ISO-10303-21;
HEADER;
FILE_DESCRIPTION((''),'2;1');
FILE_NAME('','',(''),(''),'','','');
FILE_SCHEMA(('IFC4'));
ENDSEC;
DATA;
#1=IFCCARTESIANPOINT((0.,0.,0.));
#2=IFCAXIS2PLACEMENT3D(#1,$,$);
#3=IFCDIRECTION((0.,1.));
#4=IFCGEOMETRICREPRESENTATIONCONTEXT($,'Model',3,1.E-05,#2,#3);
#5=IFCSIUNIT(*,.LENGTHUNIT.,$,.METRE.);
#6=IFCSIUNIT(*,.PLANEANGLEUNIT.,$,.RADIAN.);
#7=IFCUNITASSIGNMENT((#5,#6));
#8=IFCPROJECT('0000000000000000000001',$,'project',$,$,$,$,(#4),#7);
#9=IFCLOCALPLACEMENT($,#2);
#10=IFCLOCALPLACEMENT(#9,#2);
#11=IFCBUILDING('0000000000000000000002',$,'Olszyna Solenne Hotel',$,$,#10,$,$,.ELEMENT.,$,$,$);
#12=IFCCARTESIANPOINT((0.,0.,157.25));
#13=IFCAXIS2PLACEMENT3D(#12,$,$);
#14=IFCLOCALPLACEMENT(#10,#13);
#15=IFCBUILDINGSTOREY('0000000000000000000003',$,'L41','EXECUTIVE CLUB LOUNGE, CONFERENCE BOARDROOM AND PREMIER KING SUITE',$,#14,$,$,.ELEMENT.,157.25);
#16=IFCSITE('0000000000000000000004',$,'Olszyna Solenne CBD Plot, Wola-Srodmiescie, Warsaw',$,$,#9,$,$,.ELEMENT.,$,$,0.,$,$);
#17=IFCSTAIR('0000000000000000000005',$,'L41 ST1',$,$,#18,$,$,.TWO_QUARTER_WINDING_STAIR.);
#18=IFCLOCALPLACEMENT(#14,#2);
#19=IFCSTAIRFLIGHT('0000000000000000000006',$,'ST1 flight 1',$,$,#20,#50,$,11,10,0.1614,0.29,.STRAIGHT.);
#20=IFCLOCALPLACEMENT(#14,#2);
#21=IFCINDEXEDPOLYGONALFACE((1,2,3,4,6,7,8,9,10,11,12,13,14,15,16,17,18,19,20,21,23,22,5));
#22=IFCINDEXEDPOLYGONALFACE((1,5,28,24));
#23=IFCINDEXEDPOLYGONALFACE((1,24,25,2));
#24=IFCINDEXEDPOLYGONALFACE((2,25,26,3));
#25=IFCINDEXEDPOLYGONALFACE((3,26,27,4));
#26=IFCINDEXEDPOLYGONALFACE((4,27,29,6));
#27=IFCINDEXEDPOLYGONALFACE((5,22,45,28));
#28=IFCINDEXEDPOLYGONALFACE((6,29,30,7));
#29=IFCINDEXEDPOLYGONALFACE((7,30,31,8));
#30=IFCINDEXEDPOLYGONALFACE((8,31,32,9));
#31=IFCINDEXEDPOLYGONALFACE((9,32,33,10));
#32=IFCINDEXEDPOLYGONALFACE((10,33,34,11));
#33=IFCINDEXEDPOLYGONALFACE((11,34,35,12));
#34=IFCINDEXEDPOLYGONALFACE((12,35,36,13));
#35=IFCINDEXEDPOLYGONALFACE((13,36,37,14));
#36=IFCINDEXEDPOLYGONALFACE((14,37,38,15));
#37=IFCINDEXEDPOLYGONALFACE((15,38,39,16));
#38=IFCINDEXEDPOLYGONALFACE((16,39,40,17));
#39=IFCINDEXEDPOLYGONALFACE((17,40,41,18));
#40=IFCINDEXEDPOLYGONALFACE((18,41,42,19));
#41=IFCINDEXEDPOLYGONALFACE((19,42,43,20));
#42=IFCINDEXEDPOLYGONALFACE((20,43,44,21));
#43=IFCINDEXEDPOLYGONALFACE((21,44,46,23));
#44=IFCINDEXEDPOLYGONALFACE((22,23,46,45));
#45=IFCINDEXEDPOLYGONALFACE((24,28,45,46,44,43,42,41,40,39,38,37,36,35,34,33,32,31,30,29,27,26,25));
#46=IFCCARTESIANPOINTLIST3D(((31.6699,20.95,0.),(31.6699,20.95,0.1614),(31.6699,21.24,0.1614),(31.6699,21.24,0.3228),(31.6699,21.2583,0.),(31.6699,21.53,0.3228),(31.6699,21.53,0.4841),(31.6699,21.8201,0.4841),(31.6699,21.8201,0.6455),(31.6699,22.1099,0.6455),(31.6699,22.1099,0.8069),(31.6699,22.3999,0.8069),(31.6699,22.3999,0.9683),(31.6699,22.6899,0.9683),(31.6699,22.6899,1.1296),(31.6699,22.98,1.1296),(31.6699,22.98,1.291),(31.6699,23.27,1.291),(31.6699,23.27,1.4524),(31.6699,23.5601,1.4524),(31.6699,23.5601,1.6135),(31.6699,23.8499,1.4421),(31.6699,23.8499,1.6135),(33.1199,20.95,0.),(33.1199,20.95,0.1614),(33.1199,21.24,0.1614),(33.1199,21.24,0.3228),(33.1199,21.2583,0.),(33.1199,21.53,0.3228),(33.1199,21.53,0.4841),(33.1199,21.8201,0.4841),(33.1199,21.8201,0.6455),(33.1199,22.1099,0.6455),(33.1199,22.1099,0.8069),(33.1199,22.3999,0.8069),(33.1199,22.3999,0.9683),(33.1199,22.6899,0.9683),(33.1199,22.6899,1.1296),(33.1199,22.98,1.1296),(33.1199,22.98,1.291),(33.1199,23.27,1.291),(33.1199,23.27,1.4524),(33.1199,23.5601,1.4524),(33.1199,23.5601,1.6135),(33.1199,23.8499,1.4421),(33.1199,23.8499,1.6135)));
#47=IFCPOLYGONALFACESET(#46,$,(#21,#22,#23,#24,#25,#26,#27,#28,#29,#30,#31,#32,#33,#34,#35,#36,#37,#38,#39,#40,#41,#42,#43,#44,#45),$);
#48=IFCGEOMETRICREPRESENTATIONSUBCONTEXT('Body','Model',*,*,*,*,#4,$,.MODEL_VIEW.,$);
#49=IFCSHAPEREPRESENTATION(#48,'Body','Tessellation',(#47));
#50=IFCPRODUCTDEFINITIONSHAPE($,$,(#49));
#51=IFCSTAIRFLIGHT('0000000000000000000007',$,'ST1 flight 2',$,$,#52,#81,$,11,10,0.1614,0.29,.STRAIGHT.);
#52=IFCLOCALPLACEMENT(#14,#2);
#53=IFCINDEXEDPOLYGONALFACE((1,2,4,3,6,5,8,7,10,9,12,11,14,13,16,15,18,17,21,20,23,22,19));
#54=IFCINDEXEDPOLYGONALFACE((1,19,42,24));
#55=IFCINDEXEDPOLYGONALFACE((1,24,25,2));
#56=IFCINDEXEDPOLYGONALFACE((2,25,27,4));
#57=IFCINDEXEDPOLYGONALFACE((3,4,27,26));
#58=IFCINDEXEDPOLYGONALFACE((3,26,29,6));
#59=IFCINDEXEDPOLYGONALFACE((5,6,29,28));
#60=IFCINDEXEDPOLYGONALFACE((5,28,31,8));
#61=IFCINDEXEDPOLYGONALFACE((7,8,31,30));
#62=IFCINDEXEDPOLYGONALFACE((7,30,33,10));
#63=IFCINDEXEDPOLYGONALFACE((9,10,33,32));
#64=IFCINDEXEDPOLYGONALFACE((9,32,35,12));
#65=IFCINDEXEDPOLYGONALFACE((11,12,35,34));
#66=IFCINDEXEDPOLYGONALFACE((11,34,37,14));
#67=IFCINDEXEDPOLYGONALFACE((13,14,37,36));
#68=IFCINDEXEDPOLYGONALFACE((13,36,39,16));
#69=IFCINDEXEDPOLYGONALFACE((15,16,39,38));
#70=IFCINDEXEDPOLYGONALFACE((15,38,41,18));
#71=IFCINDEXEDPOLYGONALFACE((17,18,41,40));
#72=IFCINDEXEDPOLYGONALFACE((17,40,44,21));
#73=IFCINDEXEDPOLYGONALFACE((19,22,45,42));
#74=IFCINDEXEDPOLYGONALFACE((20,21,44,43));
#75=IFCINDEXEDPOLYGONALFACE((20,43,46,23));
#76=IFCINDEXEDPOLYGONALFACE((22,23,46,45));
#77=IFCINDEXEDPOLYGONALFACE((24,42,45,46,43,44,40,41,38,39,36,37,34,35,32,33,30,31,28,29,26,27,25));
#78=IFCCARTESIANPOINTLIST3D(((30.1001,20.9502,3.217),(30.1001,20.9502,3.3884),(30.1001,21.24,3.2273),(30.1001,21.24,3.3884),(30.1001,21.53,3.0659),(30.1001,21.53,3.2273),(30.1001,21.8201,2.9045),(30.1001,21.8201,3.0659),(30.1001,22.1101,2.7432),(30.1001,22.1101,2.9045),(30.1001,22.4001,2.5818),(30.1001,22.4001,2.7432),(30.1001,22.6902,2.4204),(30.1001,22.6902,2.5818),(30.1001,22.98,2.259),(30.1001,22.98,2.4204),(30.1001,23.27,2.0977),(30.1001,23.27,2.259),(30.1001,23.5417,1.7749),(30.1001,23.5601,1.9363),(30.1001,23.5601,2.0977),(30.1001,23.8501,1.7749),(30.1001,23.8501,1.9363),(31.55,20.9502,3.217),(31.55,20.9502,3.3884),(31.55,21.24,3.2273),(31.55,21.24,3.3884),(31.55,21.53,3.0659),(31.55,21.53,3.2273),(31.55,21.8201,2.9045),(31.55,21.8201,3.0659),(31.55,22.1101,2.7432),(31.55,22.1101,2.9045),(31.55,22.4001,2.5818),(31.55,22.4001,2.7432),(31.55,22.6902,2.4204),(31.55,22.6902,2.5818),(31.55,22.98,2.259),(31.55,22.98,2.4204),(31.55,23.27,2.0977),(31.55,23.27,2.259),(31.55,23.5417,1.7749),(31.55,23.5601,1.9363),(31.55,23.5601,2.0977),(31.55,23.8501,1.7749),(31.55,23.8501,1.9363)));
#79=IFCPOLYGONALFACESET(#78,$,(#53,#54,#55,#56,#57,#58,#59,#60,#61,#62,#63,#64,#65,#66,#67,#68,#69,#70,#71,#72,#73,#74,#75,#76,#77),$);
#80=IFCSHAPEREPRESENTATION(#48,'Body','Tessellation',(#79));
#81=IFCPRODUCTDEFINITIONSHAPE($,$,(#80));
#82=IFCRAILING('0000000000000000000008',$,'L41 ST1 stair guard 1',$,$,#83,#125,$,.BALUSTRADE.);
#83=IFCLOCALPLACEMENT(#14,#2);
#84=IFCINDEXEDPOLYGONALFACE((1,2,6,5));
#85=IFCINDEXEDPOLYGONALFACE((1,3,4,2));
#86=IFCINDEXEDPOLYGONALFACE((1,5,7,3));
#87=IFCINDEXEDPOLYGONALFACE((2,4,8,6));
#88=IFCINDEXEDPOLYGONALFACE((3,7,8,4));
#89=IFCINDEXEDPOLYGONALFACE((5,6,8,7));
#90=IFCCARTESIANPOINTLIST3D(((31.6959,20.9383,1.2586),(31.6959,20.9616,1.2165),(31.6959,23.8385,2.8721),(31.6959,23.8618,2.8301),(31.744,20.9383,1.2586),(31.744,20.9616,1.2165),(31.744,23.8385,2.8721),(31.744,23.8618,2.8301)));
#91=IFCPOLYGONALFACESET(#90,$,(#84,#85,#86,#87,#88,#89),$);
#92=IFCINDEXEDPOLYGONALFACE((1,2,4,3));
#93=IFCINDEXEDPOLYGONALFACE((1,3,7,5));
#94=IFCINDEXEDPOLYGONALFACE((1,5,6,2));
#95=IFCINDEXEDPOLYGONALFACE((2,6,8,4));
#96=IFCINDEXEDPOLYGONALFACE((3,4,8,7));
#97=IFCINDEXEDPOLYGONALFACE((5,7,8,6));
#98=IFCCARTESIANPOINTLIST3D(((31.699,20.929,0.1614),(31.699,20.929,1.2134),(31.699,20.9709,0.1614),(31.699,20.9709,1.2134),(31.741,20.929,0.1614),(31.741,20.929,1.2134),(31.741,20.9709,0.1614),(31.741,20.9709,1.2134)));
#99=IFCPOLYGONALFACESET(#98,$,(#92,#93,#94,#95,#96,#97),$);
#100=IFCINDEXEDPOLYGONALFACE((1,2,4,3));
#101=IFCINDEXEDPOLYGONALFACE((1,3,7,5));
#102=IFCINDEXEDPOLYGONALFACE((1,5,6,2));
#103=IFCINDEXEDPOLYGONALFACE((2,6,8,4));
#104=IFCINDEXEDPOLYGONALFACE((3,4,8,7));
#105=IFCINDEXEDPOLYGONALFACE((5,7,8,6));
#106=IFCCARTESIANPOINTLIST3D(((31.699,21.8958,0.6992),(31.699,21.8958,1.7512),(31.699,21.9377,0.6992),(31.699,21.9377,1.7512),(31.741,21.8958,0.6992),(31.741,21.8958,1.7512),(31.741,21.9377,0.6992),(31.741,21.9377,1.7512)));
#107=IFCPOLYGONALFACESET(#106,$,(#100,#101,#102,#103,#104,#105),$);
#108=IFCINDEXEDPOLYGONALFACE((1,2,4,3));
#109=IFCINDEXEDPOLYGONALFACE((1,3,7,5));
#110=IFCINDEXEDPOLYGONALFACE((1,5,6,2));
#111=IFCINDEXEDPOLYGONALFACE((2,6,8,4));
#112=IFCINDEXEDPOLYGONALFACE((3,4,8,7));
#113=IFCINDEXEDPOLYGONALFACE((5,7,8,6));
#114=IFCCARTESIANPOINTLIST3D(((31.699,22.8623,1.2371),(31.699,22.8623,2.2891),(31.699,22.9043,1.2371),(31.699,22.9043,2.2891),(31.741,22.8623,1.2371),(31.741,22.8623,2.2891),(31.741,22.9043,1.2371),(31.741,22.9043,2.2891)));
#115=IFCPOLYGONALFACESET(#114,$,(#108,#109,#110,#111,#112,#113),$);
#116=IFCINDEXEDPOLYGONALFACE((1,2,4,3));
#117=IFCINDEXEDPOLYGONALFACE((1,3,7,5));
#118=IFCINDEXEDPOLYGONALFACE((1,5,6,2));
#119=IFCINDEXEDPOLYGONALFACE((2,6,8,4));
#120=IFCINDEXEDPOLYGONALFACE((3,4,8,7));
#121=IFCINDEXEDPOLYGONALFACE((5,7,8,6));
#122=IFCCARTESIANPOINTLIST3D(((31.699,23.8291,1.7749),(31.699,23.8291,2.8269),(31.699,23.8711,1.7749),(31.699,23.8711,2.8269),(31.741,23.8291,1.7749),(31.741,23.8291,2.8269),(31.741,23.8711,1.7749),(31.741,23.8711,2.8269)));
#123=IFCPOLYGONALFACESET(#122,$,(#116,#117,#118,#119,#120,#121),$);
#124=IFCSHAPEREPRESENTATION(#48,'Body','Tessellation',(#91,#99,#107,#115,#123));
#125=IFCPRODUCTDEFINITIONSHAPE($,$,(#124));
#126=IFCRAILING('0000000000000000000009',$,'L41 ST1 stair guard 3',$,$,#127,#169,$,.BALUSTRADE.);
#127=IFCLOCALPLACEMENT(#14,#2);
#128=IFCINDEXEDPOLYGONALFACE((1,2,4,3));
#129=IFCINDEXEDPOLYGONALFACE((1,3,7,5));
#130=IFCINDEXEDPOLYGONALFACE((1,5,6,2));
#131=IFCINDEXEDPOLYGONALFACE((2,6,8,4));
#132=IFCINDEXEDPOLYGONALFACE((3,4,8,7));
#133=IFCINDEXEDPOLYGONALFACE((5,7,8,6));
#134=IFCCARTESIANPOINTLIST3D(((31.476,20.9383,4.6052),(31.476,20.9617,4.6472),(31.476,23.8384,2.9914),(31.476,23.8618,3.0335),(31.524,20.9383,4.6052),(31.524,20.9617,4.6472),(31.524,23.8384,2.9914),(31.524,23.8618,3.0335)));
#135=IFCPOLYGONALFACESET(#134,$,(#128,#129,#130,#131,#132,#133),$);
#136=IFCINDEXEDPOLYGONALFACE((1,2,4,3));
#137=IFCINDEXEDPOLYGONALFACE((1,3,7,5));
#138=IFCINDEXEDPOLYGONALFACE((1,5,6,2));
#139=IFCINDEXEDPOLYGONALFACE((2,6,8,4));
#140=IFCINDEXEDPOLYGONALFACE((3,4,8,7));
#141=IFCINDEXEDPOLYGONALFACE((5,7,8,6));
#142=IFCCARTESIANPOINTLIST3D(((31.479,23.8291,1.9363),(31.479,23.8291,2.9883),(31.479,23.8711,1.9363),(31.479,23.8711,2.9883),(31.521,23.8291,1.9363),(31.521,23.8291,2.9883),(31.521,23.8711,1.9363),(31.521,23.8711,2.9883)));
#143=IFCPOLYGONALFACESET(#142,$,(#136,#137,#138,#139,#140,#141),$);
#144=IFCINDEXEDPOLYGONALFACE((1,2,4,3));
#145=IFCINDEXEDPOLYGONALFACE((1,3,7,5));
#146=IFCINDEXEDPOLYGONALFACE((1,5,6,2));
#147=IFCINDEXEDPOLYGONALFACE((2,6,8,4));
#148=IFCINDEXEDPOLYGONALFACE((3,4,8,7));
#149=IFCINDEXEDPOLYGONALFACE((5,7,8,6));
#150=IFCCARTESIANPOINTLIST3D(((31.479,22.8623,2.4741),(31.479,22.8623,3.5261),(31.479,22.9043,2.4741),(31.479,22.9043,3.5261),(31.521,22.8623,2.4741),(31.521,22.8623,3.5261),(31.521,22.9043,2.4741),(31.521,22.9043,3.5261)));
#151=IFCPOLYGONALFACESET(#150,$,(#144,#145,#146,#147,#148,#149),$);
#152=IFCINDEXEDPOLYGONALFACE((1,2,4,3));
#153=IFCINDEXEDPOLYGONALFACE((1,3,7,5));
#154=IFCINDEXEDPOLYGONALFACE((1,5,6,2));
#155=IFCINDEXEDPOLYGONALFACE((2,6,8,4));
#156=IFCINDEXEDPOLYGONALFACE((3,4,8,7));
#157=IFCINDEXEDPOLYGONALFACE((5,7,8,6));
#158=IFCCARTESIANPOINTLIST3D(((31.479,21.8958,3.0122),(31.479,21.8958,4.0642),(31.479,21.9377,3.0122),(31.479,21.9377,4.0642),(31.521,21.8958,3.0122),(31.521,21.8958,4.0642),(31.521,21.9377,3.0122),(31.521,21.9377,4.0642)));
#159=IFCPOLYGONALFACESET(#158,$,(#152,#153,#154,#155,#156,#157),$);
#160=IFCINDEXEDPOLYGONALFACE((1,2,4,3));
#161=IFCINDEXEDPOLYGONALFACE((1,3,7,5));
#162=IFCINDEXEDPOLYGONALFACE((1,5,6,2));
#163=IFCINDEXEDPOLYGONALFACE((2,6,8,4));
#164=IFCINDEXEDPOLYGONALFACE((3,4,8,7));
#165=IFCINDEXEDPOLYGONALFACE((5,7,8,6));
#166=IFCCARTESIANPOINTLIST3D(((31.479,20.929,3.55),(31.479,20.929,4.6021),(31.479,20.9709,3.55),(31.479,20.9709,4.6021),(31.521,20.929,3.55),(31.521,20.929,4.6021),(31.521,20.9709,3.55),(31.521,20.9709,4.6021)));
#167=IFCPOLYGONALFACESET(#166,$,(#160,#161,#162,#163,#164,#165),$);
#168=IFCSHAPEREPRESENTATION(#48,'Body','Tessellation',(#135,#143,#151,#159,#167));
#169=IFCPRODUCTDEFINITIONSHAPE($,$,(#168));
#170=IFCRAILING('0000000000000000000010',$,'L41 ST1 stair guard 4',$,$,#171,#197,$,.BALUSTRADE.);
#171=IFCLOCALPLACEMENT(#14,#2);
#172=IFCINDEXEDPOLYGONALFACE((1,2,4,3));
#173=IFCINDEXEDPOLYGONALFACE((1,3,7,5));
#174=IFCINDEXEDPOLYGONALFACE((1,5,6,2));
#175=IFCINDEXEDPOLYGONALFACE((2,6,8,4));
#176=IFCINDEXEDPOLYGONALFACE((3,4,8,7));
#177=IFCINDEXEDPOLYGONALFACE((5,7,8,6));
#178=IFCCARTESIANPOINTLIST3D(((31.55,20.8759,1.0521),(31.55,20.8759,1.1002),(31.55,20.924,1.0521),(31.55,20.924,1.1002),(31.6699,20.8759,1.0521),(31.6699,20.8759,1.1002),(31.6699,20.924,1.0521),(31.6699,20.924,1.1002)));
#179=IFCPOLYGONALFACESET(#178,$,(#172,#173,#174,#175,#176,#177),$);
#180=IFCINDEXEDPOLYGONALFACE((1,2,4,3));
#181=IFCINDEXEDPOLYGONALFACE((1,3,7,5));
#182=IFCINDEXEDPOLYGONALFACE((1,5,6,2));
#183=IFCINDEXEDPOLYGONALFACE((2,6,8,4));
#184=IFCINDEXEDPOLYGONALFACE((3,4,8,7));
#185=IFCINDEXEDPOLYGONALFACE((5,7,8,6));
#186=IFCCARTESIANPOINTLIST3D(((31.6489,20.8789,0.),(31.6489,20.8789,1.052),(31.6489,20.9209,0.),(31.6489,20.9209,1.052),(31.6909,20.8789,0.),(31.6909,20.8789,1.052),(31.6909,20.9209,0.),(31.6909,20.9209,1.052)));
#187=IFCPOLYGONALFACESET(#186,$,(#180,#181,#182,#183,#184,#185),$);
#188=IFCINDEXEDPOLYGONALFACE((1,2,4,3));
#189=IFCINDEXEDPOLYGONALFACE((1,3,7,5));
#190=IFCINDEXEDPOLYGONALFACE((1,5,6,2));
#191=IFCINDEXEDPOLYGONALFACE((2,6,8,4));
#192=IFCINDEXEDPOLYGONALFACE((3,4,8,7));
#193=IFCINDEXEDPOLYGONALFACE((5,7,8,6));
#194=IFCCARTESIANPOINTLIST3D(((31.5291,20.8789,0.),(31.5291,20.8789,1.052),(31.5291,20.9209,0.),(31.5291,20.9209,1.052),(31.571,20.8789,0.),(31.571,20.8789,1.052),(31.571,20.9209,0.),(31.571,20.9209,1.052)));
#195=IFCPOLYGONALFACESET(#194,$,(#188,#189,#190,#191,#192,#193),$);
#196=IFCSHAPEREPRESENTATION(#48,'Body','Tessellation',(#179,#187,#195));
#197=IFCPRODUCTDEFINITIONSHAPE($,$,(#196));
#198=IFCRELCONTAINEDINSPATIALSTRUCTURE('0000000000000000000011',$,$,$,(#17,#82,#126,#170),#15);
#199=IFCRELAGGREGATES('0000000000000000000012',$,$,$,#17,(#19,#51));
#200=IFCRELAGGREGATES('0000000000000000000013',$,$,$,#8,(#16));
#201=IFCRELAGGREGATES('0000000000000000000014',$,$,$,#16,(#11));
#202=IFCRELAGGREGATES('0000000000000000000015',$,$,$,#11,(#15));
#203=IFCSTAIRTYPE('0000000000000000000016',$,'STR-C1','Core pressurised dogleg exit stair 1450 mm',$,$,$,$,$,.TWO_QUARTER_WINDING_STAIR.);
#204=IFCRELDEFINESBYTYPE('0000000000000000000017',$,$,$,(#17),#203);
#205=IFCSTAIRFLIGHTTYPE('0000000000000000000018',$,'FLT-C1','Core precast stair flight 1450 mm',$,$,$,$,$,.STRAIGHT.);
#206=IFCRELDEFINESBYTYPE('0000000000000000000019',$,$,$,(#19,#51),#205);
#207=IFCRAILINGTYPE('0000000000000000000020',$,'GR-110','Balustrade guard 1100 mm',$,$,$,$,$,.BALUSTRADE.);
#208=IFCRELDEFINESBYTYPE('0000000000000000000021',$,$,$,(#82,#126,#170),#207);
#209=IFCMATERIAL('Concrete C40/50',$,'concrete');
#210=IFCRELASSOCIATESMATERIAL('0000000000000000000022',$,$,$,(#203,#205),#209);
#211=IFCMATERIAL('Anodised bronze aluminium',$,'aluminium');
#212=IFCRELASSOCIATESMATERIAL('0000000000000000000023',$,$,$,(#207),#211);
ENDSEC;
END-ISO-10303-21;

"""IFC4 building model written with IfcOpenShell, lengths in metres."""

from ifc_helpers import new_model, si_unit, direction, frame, origin, origin_2d, place, context, subcontext, project, spatial, polyline, rectangle, outline, extrude, material, type_object, element, aggregate, save


model = new_model("IFC4")

# Units and contexts
model_context = context("Model", 3, precision=1e-05, world=origin(), true_north=direction((0.0, 1.0)))
body_context = subcontext(model_context, "Body", "Model", "MODEL_VIEW")
ifc_project = project(units=[si_unit("LENGTHUNIT", "METRE"), si_unit("PLANEANGLEUNIT", "RADIAN")], contexts=[model_context])

# Site, building, storey
site_placement = place(None, origin())
site = spatial("IfcSite", under=ifc_project, at=site_placement, Name="Olszyna Solenne CBD Plot, Wola-Srodmiescie, Warsaw", CompositionType="ELEMENT", RefElevation=0.0)
building_placement = place(site_placement, origin())
building = spatial("IfcBuilding", under=site, at=building_placement, Name="Olszyna Solenne Hotel", CompositionType="ELEMENT")
storey_placement = place(building_placement, frame((0.0, 0.0, 157.25)))
storey = spatial("IfcBuildingStorey", under=building, at=storey_placement, Name="L41", Description="EXECUTIVE CLUB LOUNGE, CONFERENCE BOARDROOM AND PREMIER KING SUITE", CompositionType="ELEMENT", Elevation=157.25)

# Shared definitions
ifc_material_1 = material(Name="Anodised bronze aluminium", Category="aluminium")

# Stair, stair flights
ifc_material_2 = material(Name="Concrete C40/50", Category="concrete")
stair_type = type_object("IfcStairType", Name="STR-C1", Description="Core pressurised dogleg exit stair 1450 mm", PredefinedType="TWO_QUARTER_WINDING_STAIR", material=ifc_material_2)
stair_placement = place(storey_placement, origin())
stair = element("IfcStair", 1, at=stair_placement, inside=storey, type_object=stair_type, Name="L41 ST1", PredefinedType="TWO_QUARTER_WINDING_STAIR")
stair_flight_type = type_object("IfcStairFlightType", Name="FLT-C1", Description="Core precast stair flight 1450 mm", PredefinedType="STRAIGHT", material=ifc_material_2)
stair_flight_1_placement = place(storey_placement, frame((32.395, 20.95, 0.0), z_axis=(0.0, 0.0, 1.0), x_axis=(0.0, 1.0, 0.0)))
stair_flight_1 = element("IfcStairFlight", 2, at=stair_flight_1_placement, type_object=stair_flight_type, Name="ST1 flight 1", NumberOfRisers=11, NumberOfTreads=10, PredefinedType="STRAIGHT", RiserHeight=0.1614, TreadLength=0.29, context=body_context, shape_type="SweptSolid", body=[
    extrude(outline(polyline([(0.0, 0.0), (0.0, 0.1614), (0.29, 0.1614), (0.29, 0.3228), (0.5801, 0.3228), (0.5801, 0.4841), (0.8701, 0.4841), (0.8701, 0.6455), (1.1599, 0.6455), (1.1599, 0.8069), (1.45, 0.8069), (1.45, 0.9683), (1.74, 0.9683), (1.74, 1.1296), (2.03, 1.1296), (2.03, 1.291), (2.3201, 1.291), (2.3201, 1.4524), (2.6101, 1.4524), (2.6101, 1.6135), (2.8999, 1.6135), (2.8999, 1.7749), (2.8999, 1.4421), (0.3083, 0.0), (0.0, 0.0)])), frame((0.0, 0.7251, 0.0), z_axis=(0.0, -1.0, 0.0), x_axis=(1.0, 0.0, 0.0)), (0.0, 0.0, 1.0), 1.45),
])
stair_flight_2_placement = place(storey_placement, frame((30.825, 23.8501, 1.7749), z_axis=(0.0, 0.0, 1.0), x_axis=(0.0, -1.0, 0.0)))
stair_flight_2 = element("IfcStairFlight", 3, at=stair_flight_2_placement, type_object=stair_flight_type, Name="ST1 flight 2", NumberOfRisers=11, NumberOfTreads=10, PredefinedType="STRAIGHT", RiserHeight=0.1614, TreadLength=0.29, context=body_context, shape_type="SweptSolid", body=[
    extrude(outline(polyline([(0.0, 0.0), (0.0, 0.1614), (0.29, 0.1614), (0.29, 0.3228), (0.5801, 0.3228), (0.5801, 0.4841), (0.8701, 0.4841), (0.8701, 0.6455), (1.1599, 0.6455), (1.1599, 0.8069), (1.45, 0.8069), (1.45, 0.9683), (1.74, 0.9683), (1.74, 1.1296), (2.03, 1.1296), (2.03, 1.291), (2.3201, 1.291), (2.3201, 1.4524), (2.6101, 1.4524), (2.6101, 1.6135), (2.8999, 1.6135), (2.8999, 1.7749), (2.8999, 1.4421), (0.3083, 0.0), (0.0, 0.0)])), frame((0.0, 0.7251, 0.0), z_axis=(0.0, -1.0, 0.0), x_axis=(1.0, 0.0, 0.0)), (0.0, 0.0, 1.0), 1.45),
])
aggregate(stair, [stair_flight_1, stair_flight_2])

# Railings
railing_type_1 = type_object("IfcRailingType", Name="GR-110", Description="Balustrade guard 1100 mm", PredefinedType="BALUSTRADE", material=ifc_material_1)
railing_1_placement = place(storey_placement, frame((31.72, 20.95, 0.1614)))
element("IfcRailing", 4, at=railing_1_placement, inside=storey, type_object=railing_type_1, Name="L41 ST1 stair guard 1", PredefinedType="BALUSTRADE", context=body_context, shape_type="SweptSolid", body=[
    extrude(rectangle(XDim=0.0481, YDim=0.0481, at=origin_2d()), frame((0.0, 0.0, 1.0762), z_axis=(0.0, 0.873859, 0.48618), x_axis=(-1.0, 0.0, 0.0)), (0.0, 0.0, 1.0), 3.3188),
    extrude(rectangle(XDim=0.042, YDim=0.042, at=origin_2d()), origin(), (0.0, 0.0, 1.0), 1.052),
    extrude(rectangle(XDim=0.042, YDim=0.042, at=origin_2d()), frame((0.0, 0.9668, 0.5378)), (0.0, 0.0, 1.0), 1.052),
    extrude(rectangle(XDim=0.042, YDim=0.042, at=origin_2d()), frame((0.0, 1.9333, 1.0757)), (0.0, 0.0, 1.0), 1.052),
    extrude(rectangle(XDim=0.042, YDim=0.042, at=origin_2d()), frame((0.0, 2.9001, 1.6135)), (0.0, 0.0, 1.0), 1.052),
])
railing_2_placement = place(storey_placement, frame((31.5, 23.8501, 1.9363)))
element("IfcRailing", 5, at=railing_2_placement, inside=storey, type_object=railing_type_1, Name="L41 ST1 stair guard 3", PredefinedType="BALUSTRADE", context=body_context, shape_type="SweptSolid", body=[
    extrude(rectangle(XDim=0.0481, YDim=0.0481, at=origin_2d()), frame((0.0, 0.0, 1.0762), z_axis=(0.0, -0.873827, 0.486236), x_axis=(1.0, 0.0, 0.0)), (0.0, 0.0, 1.0), 3.3188),
    extrude(rectangle(XDim=0.042, YDim=0.042, at=origin_2d()), origin(), (0.0, 0.0, 1.0), 1.052),
    extrude(rectangle(XDim=0.042, YDim=0.042, at=origin_2d()), frame((0.0, -0.9668, 0.5378)), (0.0, 0.0, 1.0), 1.052),
    extrude(rectangle(XDim=0.042, YDim=0.042, at=origin_2d()), frame((0.0, -1.9333, 1.0759)), (0.0, 0.0, 1.0), 1.052),
    extrude(rectangle(XDim=0.042, YDim=0.042, at=origin_2d()), frame((0.0, -2.9001, 1.6138)), (0.0, 0.0, 1.0), 1.052),
])
railing_3_placement = place(storey_placement, frame((31.6699, 20.8999, 0.0)))
element("IfcRailing", 6, at=railing_3_placement, inside=storey, type_object=railing_type_1, Name="L41 ST1 stair guard 4", PredefinedType="BALUSTRADE", context=body_context, shape_type="SweptSolid", body=[
    extrude(rectangle(XDim=0.0481, YDim=0.0481, at=origin_2d()), frame((0.0, 0.0, 1.0762), z_axis=(-1.0, 0.0, 0.0), x_axis=(0.0, -1.0, 0.0)), (0.0, 0.0, 1.0), 0.1199),
    extrude(rectangle(XDim=0.042, YDim=0.042, at=origin_2d()), origin(), (0.0, 0.0, 1.0), 1.052),
    extrude(rectangle(XDim=0.042, YDim=0.042, at=origin_2d()), frame((-0.1199, 0.0, 0.0)), (0.0, 0.0, 1.0), 1.052),
])

save(model, "model.ifc")
